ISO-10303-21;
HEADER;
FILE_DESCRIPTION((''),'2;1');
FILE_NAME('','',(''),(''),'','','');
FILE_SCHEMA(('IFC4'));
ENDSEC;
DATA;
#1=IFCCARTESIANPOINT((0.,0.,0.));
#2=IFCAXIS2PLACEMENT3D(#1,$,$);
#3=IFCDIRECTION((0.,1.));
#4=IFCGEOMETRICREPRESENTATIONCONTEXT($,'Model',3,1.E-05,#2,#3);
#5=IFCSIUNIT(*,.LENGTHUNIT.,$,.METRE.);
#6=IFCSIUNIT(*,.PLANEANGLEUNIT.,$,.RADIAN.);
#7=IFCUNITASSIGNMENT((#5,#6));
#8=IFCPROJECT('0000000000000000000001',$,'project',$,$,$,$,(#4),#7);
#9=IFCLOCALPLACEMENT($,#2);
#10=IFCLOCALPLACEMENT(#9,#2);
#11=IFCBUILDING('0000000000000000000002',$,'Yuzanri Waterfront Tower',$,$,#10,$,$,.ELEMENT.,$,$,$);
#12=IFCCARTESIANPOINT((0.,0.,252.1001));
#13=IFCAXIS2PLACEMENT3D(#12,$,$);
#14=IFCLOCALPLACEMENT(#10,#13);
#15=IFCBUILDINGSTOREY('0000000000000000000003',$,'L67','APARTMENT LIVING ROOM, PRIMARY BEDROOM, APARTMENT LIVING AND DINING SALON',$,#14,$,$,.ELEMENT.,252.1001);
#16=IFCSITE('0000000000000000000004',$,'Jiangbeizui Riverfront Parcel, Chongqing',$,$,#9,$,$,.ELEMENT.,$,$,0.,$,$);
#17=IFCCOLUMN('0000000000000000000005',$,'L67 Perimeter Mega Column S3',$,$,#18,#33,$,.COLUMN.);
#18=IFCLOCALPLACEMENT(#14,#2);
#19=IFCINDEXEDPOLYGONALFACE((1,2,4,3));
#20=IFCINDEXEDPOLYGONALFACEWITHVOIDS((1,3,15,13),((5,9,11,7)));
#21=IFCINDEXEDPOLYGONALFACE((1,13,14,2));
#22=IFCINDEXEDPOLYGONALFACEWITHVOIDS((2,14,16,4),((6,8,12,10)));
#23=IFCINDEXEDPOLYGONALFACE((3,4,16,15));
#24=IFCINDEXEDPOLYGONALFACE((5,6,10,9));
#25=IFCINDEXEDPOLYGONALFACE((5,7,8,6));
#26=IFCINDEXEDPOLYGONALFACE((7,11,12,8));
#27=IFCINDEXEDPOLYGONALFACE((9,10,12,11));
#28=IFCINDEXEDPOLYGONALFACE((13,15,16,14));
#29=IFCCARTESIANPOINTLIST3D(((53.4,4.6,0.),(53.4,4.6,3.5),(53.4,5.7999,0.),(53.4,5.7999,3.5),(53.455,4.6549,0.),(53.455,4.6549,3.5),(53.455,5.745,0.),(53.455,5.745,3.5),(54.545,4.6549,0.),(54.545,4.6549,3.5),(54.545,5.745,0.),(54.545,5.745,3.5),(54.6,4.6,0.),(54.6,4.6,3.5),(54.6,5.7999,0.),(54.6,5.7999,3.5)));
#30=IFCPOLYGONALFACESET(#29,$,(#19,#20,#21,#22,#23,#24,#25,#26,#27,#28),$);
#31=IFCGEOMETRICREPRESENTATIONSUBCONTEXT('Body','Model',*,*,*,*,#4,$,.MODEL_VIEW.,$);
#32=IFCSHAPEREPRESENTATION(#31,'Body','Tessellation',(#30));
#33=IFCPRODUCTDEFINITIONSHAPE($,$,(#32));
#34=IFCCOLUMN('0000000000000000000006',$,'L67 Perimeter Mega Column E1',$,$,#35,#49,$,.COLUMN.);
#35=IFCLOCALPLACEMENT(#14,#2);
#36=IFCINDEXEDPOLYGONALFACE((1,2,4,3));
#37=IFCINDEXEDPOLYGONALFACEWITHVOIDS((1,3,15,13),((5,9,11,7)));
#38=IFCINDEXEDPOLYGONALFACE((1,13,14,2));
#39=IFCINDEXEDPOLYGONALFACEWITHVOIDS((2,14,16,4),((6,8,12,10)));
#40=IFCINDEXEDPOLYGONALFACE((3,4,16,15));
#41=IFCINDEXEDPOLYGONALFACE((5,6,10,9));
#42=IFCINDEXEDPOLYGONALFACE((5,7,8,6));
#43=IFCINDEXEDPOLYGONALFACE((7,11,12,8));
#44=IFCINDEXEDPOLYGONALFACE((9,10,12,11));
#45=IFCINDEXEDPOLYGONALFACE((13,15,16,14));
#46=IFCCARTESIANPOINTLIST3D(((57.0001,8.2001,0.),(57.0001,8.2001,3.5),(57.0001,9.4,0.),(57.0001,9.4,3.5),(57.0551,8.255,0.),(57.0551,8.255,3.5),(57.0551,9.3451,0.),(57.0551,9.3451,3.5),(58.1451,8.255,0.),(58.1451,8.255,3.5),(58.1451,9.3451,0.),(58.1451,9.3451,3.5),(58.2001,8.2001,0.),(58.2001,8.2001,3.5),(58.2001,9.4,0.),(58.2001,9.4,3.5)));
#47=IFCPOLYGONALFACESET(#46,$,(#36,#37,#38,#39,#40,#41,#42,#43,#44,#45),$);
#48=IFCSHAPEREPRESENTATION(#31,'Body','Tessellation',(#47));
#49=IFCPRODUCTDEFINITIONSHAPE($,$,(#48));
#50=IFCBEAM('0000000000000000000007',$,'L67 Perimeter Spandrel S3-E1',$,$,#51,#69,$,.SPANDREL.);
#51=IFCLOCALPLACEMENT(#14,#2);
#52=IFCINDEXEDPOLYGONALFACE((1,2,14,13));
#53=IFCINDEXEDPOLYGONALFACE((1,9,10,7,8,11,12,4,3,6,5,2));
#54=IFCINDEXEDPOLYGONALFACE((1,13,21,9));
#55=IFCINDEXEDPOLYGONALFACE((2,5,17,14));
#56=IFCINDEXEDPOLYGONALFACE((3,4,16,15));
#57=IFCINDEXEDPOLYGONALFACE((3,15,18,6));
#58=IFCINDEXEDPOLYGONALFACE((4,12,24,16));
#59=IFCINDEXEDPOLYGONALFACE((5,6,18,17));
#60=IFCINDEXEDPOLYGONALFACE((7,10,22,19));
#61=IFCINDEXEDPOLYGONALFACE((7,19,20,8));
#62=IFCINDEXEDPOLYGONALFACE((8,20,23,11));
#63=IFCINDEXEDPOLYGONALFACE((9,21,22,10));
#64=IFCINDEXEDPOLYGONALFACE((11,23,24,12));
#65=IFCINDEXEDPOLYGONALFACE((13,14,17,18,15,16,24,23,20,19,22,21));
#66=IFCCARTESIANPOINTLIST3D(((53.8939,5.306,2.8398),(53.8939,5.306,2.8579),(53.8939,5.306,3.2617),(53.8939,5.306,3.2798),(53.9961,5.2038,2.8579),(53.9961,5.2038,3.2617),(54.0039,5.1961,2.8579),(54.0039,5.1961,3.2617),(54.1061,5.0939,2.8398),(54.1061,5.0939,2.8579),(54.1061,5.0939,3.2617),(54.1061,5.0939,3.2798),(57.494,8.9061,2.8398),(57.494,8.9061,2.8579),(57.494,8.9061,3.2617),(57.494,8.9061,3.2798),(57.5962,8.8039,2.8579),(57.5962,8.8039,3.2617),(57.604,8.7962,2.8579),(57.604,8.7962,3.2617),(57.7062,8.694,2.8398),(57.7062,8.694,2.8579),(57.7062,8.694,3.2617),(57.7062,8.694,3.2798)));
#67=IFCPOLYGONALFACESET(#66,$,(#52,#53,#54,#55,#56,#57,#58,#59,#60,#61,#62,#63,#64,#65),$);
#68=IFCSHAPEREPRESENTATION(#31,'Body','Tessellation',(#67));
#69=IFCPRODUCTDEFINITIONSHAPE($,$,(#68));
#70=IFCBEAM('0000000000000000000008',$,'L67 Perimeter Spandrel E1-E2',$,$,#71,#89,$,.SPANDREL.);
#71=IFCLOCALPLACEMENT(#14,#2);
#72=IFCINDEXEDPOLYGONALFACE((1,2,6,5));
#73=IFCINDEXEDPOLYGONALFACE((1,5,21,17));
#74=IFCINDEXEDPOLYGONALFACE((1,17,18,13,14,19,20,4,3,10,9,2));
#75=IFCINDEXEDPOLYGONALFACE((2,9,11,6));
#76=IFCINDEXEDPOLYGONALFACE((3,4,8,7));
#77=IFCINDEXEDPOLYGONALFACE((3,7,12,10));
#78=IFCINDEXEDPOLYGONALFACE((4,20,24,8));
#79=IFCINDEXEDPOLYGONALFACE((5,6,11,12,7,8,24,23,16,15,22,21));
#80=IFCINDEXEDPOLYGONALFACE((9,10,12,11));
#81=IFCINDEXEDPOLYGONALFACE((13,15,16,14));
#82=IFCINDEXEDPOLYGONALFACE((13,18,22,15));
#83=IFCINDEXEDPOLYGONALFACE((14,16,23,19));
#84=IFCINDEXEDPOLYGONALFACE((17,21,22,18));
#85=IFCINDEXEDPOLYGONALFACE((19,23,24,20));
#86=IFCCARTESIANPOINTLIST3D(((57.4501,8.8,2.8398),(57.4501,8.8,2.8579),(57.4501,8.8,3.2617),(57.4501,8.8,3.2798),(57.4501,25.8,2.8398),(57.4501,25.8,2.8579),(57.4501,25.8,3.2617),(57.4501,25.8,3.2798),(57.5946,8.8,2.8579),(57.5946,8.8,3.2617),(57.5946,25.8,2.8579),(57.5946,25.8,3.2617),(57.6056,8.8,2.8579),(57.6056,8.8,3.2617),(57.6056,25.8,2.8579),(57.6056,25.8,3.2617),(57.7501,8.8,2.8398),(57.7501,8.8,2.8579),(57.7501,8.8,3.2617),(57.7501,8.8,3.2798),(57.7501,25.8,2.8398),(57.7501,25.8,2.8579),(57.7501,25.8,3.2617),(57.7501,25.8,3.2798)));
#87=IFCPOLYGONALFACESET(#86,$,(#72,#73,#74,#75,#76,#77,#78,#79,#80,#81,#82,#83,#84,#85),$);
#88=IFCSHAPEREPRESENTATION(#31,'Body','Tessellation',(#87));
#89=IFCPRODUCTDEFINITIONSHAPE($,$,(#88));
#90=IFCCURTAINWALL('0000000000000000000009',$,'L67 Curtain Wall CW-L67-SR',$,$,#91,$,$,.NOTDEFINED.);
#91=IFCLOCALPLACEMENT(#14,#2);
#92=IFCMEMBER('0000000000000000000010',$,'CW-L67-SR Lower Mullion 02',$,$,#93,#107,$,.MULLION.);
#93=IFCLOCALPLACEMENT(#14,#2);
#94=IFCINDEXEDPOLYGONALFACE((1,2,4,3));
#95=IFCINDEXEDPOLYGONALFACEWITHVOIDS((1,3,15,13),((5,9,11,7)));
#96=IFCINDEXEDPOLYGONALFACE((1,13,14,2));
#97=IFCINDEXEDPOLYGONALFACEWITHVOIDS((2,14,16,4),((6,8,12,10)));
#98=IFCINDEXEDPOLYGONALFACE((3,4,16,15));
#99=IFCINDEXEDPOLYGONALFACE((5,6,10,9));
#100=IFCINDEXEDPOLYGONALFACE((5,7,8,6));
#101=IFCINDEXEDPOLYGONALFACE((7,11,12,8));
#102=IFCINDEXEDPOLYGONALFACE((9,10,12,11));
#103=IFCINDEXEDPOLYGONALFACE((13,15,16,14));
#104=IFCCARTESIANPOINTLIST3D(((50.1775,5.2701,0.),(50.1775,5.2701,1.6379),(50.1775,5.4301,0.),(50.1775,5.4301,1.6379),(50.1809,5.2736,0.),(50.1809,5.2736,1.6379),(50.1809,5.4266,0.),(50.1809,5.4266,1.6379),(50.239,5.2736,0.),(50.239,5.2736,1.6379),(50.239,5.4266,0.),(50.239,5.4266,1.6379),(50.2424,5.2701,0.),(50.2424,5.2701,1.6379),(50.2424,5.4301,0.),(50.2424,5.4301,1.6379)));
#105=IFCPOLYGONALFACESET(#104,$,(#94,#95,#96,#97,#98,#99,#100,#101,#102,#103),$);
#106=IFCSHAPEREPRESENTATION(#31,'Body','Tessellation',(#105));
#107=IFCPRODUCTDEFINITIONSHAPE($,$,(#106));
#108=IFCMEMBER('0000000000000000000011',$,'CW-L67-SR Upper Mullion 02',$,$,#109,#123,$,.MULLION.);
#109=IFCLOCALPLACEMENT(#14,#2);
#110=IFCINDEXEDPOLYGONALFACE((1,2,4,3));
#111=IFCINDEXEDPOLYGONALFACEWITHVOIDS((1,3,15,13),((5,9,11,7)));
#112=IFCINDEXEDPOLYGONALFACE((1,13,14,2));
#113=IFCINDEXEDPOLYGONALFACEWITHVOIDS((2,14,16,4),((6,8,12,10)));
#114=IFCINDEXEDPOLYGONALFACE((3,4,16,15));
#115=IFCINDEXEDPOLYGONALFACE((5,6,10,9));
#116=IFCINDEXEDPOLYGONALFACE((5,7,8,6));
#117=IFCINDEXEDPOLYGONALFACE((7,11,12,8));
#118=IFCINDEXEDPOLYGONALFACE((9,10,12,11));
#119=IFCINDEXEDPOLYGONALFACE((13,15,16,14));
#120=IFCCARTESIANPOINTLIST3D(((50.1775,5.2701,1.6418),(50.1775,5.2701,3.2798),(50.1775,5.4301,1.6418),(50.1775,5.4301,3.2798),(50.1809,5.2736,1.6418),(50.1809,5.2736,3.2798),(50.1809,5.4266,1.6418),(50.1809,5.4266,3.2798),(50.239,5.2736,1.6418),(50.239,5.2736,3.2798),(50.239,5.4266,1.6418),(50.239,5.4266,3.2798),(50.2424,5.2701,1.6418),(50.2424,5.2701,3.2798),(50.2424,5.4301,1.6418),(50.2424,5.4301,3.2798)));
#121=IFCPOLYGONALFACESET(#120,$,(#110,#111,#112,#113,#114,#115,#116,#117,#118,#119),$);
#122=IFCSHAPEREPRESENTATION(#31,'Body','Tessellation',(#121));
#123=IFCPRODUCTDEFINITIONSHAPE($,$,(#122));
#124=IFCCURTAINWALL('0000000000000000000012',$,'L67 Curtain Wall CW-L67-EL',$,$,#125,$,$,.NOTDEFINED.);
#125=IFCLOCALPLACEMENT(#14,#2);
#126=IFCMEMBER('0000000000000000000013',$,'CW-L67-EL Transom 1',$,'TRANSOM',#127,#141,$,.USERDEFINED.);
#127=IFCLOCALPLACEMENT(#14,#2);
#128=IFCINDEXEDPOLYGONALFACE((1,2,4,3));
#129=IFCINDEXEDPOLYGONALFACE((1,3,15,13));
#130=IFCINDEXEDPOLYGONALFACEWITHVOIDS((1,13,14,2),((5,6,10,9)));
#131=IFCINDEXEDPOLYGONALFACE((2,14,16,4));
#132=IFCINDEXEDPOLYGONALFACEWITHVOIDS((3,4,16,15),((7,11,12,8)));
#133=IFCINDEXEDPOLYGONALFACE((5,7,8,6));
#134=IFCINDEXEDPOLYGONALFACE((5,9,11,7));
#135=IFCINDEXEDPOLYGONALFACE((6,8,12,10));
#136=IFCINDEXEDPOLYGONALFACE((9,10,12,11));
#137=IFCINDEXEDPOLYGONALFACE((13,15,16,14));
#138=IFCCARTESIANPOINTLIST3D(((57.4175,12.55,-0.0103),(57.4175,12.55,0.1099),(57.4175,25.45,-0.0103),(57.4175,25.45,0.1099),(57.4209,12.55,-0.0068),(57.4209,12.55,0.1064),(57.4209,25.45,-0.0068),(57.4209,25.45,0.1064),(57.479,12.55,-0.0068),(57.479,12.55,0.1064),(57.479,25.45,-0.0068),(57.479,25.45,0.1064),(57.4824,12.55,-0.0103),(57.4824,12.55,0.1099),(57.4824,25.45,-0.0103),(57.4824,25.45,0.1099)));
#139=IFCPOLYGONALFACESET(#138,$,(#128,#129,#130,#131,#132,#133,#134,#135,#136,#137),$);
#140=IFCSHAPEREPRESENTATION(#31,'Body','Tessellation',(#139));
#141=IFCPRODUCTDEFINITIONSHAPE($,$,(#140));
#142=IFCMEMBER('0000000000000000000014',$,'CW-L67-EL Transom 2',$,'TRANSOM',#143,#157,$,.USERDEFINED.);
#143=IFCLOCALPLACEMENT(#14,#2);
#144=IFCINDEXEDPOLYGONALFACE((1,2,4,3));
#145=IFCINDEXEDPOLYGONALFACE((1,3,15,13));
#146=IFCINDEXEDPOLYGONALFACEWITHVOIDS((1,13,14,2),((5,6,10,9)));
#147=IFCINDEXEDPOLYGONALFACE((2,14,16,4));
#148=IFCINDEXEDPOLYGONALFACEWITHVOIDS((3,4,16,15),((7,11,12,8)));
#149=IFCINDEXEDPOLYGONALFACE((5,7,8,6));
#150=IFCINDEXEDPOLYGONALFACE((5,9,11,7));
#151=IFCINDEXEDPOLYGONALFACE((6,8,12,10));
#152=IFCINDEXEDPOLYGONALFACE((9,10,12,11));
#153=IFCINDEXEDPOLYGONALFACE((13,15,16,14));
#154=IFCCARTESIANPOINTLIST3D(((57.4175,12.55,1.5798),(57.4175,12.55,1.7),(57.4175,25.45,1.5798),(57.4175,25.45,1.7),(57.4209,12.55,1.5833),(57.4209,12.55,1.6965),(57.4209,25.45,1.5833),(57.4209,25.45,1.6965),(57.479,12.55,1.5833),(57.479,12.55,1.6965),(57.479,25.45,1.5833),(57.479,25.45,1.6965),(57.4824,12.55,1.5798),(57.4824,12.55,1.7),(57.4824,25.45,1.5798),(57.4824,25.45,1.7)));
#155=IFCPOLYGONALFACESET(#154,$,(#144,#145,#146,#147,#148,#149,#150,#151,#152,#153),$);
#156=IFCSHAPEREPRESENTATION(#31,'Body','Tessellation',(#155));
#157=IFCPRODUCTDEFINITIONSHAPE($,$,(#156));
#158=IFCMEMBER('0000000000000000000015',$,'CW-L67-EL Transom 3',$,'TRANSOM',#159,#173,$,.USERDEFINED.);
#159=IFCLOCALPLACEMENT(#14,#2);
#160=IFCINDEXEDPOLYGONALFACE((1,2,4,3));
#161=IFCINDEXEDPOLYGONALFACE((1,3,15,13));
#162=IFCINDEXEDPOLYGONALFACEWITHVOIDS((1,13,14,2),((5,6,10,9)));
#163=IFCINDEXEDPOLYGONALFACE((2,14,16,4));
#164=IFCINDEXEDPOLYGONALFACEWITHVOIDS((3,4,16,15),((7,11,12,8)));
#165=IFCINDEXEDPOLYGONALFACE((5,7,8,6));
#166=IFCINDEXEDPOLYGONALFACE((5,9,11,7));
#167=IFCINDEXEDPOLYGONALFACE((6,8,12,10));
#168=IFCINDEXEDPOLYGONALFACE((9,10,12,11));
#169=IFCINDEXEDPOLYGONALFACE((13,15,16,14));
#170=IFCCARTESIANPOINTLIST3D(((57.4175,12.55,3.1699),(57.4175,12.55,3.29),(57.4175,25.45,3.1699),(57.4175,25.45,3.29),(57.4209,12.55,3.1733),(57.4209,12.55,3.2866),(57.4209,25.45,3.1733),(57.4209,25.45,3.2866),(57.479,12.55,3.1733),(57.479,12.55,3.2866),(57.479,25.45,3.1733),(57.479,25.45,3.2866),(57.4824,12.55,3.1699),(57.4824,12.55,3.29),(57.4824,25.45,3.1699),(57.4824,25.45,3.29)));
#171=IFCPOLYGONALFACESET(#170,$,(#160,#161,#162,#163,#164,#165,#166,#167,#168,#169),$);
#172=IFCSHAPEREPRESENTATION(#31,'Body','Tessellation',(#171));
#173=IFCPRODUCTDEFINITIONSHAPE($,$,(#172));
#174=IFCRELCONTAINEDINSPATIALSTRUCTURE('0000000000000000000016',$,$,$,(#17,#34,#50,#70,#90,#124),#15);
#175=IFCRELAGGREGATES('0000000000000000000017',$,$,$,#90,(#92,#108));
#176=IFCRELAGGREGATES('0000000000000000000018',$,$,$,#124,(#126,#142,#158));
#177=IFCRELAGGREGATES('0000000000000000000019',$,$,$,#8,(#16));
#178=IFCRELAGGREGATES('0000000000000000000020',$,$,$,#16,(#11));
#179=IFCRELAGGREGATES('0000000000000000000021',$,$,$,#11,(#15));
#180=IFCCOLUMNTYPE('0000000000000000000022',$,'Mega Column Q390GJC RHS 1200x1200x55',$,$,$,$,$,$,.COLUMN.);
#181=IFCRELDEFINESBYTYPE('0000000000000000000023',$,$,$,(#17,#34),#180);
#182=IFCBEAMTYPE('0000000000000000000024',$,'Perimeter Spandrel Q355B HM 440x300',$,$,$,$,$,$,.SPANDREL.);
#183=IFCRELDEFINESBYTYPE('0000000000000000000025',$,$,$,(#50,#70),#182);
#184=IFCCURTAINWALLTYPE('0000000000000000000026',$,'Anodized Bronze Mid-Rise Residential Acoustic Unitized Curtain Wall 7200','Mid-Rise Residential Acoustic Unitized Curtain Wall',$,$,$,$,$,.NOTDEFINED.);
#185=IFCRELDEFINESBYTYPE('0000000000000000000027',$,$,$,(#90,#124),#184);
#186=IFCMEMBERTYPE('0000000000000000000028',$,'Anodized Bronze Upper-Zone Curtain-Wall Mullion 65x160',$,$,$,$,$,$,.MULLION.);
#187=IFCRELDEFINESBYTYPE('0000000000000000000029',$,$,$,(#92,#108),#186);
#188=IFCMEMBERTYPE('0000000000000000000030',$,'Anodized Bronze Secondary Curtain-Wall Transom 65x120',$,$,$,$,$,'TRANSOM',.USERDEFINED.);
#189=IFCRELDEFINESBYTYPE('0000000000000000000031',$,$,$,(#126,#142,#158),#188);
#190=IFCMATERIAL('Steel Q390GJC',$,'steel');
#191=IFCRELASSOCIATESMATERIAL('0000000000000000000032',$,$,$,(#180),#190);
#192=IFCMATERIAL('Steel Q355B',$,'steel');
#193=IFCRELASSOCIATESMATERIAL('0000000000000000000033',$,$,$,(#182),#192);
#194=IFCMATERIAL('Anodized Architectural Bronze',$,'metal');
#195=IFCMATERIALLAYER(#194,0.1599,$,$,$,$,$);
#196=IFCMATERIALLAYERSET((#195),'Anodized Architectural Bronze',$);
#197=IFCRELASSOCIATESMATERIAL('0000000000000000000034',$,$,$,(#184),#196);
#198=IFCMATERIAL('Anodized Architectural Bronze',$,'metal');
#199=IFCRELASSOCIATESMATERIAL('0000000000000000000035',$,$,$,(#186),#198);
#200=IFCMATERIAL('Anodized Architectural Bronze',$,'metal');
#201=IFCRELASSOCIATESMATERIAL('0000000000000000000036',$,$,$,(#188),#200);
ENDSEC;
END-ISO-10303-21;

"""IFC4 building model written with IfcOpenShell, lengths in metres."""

from ifc_helpers import new_model, si_unit, direction, frame, origin, origin_2d, place, context, subcontext, project, spatial, hollow_rectangle, i_section, extrude, source, transform, mapped, material, layer, layer_set, material_profile, profile_set, type_object, element, aggregate, save


model = new_model("IFC4")

# Units and contexts
model_context = context("Model", 3, precision=1e-05, world=origin(), true_north=direction((0.0, 1.0)))
body_context = subcontext(model_context, "Body", "Model", "MODEL_VIEW")
ifc_project = project(units=[si_unit("LENGTHUNIT", "METRE"), si_unit("PLANEANGLEUNIT", "RADIAN")], contexts=[model_context])

# Site, building, storey
site_placement = place(None, origin())
site = spatial("IfcSite", under=ifc_project, at=site_placement, Name="Jiangbeizui Riverfront Parcel, Chongqing", CompositionType="ELEMENT", RefElevation=0.0)
building_placement = place(site_placement, origin())
building = spatial("IfcBuilding", under=site, at=building_placement, Name="Yuzanri Waterfront Tower", CompositionType="ELEMENT")
storey_placement = place(building_placement, frame((0.0, 0.0, 252.1001)))
storey = spatial("IfcBuildingStorey", under=building, at=storey_placement, Name="L67", Description="APARTMENT LIVING ROOM, PRIMARY BEDROOM, APARTMENT LIVING AND DINING SALON", CompositionType="ELEMENT", Elevation=252.1001)

# Columns
ifc_material_1 = material(Name="Steel Q390GJC", Category="steel")
ifc_material_profile_1 = material_profile(ifc_material_1, hollow_rectangle(XDim=1.2, YDim=1.2, WallThickness=0.0549, at=origin_2d()), Name="RHS 1200x1200x55")
ifc_profile_set_1 = profile_set([ifc_material_profile_1], Name="Steel Q390GJC")
column_type = type_object("IfcColumnType", Name="Mega Column Q390GJC RHS 1200x1200x55", PredefinedType="COLUMN", material=ifc_profile_set_1)
shared_shape_1 = source(origin(), body_context, "Body", "SweptSolid", [
    extrude(hollow_rectangle(XDim=1.2, YDim=1.2, WallThickness=0.0549, at=origin_2d()), origin(), (0.0, 0.0, 1.0), 3.5),
])
for number, where, z_axis, x_axis, name in (
    (1, (54.0, 5.2, 0.0), (0.0, 0.0, 1.0), (1.0, 0.0, 0.0), "L67 Perimeter Mega Column S3"),
    (2, (57.6001, 8.8, 0.0), (0.0, 0.0, 1.0), (1.0, 0.0, 0.0), "L67 Perimeter Mega Column E1"),
):
    element("IfcColumn", number, at=place(storey_placement, frame(where, z_axis=z_axis, x_axis=x_axis)), inside=storey, type_object=column_type, Name=name, PredefinedType="COLUMN", context=body_context, shape_type="MappedRepresentation", body=[
        mapped(shared_shape_1, transform((0.0, 0.0, 0.0), scale=1.0)),
    ])

# Beams
ifc_material_2 = material(Name="Steel Q355B", Category="steel")
ifc_material_profile_2 = material_profile(ifc_material_2, i_section(OverallWidth=0.3, OverallDepth=0.4399, WebThickness=0.011, FlangeThickness=0.0181, at=origin_2d()), Name="HM 440x300x11x18")
ifc_profile_set_2 = profile_set([ifc_material_profile_2], Name="Steel Q355B")
beam_type = type_object("IfcBeamType", Name="Perimeter Spandrel Q355B HM 440x300", PredefinedType="SPANDREL", material=ifc_profile_set_2)
shared_shape_2 = source(origin(), body_context, "Body", "SweptSolid", [
    extrude(i_section(OverallWidth=0.3, OverallDepth=0.4399, WebThickness=0.011, FlangeThickness=0.0181, at=origin_2d()), origin(), (0.0, 0.0, 1.0), 5.0913),
])
beam_1_placement = place(storey_placement, frame((54.0, 5.2, 3.0598), z_axis=(0.707107, 0.707107, 0.0), x_axis=(-0.707107, 0.707107, 0.0)))
element("IfcBeam", 3, at=beam_1_placement, inside=storey, type_object=beam_type, Name="L67 Perimeter Spandrel S3-E1", PredefinedType="SPANDREL", context=body_context, shape_type="MappedRepresentation", body=[
    mapped(shared_shape_2, transform((0.0, 0.0, 0.0), scale=1.0)),
])
shared_shape_3 = source(origin(), body_context, "Body", "SweptSolid", [
    extrude(i_section(OverallWidth=0.3, OverallDepth=0.4399, WebThickness=0.011, FlangeThickness=0.0181, at=origin_2d()), origin(), (0.0, 0.0, 1.0), 17.0),
])
beam_2_placement = place(storey_placement, frame((57.6001, 8.8, 3.0598), z_axis=(0.0, 1.0, 0.0), x_axis=(-1.0, 0.0, 0.0)))
element("IfcBeam", 4, at=beam_2_placement, inside=storey, type_object=beam_type, Name="L67 Perimeter Spandrel E1-E2", PredefinedType="SPANDREL", context=body_context, shape_type="MappedRepresentation", body=[
    mapped(shared_shape_3, transform((0.0, 0.0, 0.0), scale=1.0)),
])

# Curtain walls, members
ifc_material_3 = material(Name="Anodized Architectural Bronze", Category="metal")
ifc_layer_1 = layer(ifc_material_3, 0.1599)
ifc_layer_set_1 = layer_set([ifc_layer_1], Name="Anodized Architectural Bronze")
curtain_wall_type = type_object("IfcCurtainWallType", Name="Anodized Bronze Mid-Rise Residential Acoustic Unitized Curtain Wall 7200", Description="Mid-Rise Residential Acoustic Unitized Curtain Wall", PredefinedType="NOTDEFINED", material=ifc_layer_set_1)
curtain_wall_1_placement = place(storey_placement, origin())
curtain_wall_1 = element("IfcCurtainWall", 5, at=curtain_wall_1_placement, inside=storey, type_object=curtain_wall_type, Name="L67 Curtain Wall CW-L67-SR", PredefinedType="NOTDEFINED")
ifc_material_4 = material(Name="Anodized Architectural Bronze", Category="metal")
ifc_material_profile_3 = material_profile(ifc_material_4, hollow_rectangle(XDim=0.0649, YDim=0.1599, WallThickness=0.0034, at=origin_2d()), Name="CWM 65x160")
ifc_profile_set_3 = profile_set([ifc_material_profile_3], Name="Anodized Architectural Bronze")
member_type_1 = type_object("IfcMemberType", Name="Anodized Bronze Upper-Zone Curtain-Wall Mullion 65x160", PredefinedType="MULLION", material=ifc_profile_set_3)
shared_shape_4 = source(origin(), body_context, "Body", "SweptSolid", [
    extrude(hollow_rectangle(XDim=0.0649, YDim=0.1599, WallThickness=0.0034, at=origin_2d()), origin(), (0.0, 0.0, 1.0), 1.6379),
])
member_1_placement = place(storey_placement, frame((50.21, 5.3501, 0.0), z_axis=(0.0, 0.0, 1.0), x_axis=(1.0, 0.0, 0.0)))
member_1 = element("IfcMember", 6, at=member_1_placement, type_object=member_type_1, Name="CW-L67-SR Lower Mullion 02", PredefinedType="MULLION", context=body_context, shape_type="MappedRepresentation", body=[
    mapped(shared_shape_4, transform((0.0, 0.0, 0.0), scale=1.0)),
])
member_2_placement = place(storey_placement, frame((50.21, 5.3501, 1.6418), z_axis=(0.0, 0.0, 1.0), x_axis=(1.0, 0.0, 0.0)))
member_2 = element("IfcMember", 7, at=member_2_placement, type_object=member_type_1, Name="CW-L67-SR Upper Mullion 02", PredefinedType="MULLION", context=body_context, shape_type="MappedRepresentation", body=[
    mapped(shared_shape_4, transform((0.0, 0.0, 0.0), scale=1.0)),
])
aggregate(curtain_wall_1, [member_1, member_2])
curtain_wall_2_placement = place(storey_placement, origin())
curtain_wall_2 = element("IfcCurtainWall", 8, at=curtain_wall_2_placement, inside=storey, type_object=curtain_wall_type, Name="L67 Curtain Wall CW-L67-EL", PredefinedType="NOTDEFINED")
ifc_material_5 = material(Name="Anodized Architectural Bronze", Category="metal")
ifc_material_profile_4 = material_profile(ifc_material_5, hollow_rectangle(XDim=0.0649, YDim=0.1201, WallThickness=0.0034, at=origin_2d()), Name="CWT 65x120")
ifc_profile_set_4 = profile_set([ifc_material_profile_4], Name="Anodized Architectural Bronze")
member_type_2 = type_object("IfcMemberType", Name="Anodized Bronze Secondary Curtain-Wall Transom 65x120", ElementType="TRANSOM", PredefinedType="USERDEFINED", material=ifc_profile_set_4)
shared_shape_5 = source(origin(), body_context, "Body", "SweptSolid", [
    extrude(hollow_rectangle(XDim=0.0649, YDim=0.1201, WallThickness=0.0034, at=origin_2d()), origin(), (0.0, 0.0, 1.0), 12.8999),
])
member_3_placement = place(storey_placement, frame((57.45, 12.55, 0.0498), z_axis=(0.0, 1.0, 0.0), x_axis=(-1.0, 0.0, 0.0)))
member_3 = element("IfcMember", 9, at=member_3_placement, type_object=member_type_2, Name="CW-L67-EL Transom 1", ObjectType="TRANSOM", PredefinedType="USERDEFINED", context=body_context, shape_type="MappedRepresentation", body=[
    mapped(shared_shape_5, transform((0.0, 0.0, 0.0), scale=1.0)),
])
member_4_placement = place(storey_placement, frame((57.45, 12.55, 1.6399), z_axis=(0.0, 1.0, 0.0), x_axis=(-1.0, 0.0, 0.0)))
member_4 = element("IfcMember", 10, at=member_4_placement, type_object=member_type_2, Name="CW-L67-EL Transom 2", ObjectType="TRANSOM", PredefinedType="USERDEFINED", context=body_context, shape_type="MappedRepresentation", body=[
    mapped(shared_shape_5, transform((0.0, 0.0, 0.0), scale=1.0)),
])
member_5_placement = place(storey_placement, frame((57.45, 12.55, 3.23), z_axis=(0.0, 1.0, 0.0), x_axis=(-1.0, 0.0, 0.0)))
member_5 = element("IfcMember", 11, at=member_5_placement, type_object=member_type_2, Name="CW-L67-EL Transom 3", ObjectType="TRANSOM", PredefinedType="USERDEFINED", context=body_context, shape_type="MappedRepresentation", body=[
    mapped(shared_shape_5, transform((0.0, 0.0, 0.0), scale=1.0)),
])
aggregate(curtain_wall_2, [member_3, member_4, member_5])

save(model, "model.ifc")
